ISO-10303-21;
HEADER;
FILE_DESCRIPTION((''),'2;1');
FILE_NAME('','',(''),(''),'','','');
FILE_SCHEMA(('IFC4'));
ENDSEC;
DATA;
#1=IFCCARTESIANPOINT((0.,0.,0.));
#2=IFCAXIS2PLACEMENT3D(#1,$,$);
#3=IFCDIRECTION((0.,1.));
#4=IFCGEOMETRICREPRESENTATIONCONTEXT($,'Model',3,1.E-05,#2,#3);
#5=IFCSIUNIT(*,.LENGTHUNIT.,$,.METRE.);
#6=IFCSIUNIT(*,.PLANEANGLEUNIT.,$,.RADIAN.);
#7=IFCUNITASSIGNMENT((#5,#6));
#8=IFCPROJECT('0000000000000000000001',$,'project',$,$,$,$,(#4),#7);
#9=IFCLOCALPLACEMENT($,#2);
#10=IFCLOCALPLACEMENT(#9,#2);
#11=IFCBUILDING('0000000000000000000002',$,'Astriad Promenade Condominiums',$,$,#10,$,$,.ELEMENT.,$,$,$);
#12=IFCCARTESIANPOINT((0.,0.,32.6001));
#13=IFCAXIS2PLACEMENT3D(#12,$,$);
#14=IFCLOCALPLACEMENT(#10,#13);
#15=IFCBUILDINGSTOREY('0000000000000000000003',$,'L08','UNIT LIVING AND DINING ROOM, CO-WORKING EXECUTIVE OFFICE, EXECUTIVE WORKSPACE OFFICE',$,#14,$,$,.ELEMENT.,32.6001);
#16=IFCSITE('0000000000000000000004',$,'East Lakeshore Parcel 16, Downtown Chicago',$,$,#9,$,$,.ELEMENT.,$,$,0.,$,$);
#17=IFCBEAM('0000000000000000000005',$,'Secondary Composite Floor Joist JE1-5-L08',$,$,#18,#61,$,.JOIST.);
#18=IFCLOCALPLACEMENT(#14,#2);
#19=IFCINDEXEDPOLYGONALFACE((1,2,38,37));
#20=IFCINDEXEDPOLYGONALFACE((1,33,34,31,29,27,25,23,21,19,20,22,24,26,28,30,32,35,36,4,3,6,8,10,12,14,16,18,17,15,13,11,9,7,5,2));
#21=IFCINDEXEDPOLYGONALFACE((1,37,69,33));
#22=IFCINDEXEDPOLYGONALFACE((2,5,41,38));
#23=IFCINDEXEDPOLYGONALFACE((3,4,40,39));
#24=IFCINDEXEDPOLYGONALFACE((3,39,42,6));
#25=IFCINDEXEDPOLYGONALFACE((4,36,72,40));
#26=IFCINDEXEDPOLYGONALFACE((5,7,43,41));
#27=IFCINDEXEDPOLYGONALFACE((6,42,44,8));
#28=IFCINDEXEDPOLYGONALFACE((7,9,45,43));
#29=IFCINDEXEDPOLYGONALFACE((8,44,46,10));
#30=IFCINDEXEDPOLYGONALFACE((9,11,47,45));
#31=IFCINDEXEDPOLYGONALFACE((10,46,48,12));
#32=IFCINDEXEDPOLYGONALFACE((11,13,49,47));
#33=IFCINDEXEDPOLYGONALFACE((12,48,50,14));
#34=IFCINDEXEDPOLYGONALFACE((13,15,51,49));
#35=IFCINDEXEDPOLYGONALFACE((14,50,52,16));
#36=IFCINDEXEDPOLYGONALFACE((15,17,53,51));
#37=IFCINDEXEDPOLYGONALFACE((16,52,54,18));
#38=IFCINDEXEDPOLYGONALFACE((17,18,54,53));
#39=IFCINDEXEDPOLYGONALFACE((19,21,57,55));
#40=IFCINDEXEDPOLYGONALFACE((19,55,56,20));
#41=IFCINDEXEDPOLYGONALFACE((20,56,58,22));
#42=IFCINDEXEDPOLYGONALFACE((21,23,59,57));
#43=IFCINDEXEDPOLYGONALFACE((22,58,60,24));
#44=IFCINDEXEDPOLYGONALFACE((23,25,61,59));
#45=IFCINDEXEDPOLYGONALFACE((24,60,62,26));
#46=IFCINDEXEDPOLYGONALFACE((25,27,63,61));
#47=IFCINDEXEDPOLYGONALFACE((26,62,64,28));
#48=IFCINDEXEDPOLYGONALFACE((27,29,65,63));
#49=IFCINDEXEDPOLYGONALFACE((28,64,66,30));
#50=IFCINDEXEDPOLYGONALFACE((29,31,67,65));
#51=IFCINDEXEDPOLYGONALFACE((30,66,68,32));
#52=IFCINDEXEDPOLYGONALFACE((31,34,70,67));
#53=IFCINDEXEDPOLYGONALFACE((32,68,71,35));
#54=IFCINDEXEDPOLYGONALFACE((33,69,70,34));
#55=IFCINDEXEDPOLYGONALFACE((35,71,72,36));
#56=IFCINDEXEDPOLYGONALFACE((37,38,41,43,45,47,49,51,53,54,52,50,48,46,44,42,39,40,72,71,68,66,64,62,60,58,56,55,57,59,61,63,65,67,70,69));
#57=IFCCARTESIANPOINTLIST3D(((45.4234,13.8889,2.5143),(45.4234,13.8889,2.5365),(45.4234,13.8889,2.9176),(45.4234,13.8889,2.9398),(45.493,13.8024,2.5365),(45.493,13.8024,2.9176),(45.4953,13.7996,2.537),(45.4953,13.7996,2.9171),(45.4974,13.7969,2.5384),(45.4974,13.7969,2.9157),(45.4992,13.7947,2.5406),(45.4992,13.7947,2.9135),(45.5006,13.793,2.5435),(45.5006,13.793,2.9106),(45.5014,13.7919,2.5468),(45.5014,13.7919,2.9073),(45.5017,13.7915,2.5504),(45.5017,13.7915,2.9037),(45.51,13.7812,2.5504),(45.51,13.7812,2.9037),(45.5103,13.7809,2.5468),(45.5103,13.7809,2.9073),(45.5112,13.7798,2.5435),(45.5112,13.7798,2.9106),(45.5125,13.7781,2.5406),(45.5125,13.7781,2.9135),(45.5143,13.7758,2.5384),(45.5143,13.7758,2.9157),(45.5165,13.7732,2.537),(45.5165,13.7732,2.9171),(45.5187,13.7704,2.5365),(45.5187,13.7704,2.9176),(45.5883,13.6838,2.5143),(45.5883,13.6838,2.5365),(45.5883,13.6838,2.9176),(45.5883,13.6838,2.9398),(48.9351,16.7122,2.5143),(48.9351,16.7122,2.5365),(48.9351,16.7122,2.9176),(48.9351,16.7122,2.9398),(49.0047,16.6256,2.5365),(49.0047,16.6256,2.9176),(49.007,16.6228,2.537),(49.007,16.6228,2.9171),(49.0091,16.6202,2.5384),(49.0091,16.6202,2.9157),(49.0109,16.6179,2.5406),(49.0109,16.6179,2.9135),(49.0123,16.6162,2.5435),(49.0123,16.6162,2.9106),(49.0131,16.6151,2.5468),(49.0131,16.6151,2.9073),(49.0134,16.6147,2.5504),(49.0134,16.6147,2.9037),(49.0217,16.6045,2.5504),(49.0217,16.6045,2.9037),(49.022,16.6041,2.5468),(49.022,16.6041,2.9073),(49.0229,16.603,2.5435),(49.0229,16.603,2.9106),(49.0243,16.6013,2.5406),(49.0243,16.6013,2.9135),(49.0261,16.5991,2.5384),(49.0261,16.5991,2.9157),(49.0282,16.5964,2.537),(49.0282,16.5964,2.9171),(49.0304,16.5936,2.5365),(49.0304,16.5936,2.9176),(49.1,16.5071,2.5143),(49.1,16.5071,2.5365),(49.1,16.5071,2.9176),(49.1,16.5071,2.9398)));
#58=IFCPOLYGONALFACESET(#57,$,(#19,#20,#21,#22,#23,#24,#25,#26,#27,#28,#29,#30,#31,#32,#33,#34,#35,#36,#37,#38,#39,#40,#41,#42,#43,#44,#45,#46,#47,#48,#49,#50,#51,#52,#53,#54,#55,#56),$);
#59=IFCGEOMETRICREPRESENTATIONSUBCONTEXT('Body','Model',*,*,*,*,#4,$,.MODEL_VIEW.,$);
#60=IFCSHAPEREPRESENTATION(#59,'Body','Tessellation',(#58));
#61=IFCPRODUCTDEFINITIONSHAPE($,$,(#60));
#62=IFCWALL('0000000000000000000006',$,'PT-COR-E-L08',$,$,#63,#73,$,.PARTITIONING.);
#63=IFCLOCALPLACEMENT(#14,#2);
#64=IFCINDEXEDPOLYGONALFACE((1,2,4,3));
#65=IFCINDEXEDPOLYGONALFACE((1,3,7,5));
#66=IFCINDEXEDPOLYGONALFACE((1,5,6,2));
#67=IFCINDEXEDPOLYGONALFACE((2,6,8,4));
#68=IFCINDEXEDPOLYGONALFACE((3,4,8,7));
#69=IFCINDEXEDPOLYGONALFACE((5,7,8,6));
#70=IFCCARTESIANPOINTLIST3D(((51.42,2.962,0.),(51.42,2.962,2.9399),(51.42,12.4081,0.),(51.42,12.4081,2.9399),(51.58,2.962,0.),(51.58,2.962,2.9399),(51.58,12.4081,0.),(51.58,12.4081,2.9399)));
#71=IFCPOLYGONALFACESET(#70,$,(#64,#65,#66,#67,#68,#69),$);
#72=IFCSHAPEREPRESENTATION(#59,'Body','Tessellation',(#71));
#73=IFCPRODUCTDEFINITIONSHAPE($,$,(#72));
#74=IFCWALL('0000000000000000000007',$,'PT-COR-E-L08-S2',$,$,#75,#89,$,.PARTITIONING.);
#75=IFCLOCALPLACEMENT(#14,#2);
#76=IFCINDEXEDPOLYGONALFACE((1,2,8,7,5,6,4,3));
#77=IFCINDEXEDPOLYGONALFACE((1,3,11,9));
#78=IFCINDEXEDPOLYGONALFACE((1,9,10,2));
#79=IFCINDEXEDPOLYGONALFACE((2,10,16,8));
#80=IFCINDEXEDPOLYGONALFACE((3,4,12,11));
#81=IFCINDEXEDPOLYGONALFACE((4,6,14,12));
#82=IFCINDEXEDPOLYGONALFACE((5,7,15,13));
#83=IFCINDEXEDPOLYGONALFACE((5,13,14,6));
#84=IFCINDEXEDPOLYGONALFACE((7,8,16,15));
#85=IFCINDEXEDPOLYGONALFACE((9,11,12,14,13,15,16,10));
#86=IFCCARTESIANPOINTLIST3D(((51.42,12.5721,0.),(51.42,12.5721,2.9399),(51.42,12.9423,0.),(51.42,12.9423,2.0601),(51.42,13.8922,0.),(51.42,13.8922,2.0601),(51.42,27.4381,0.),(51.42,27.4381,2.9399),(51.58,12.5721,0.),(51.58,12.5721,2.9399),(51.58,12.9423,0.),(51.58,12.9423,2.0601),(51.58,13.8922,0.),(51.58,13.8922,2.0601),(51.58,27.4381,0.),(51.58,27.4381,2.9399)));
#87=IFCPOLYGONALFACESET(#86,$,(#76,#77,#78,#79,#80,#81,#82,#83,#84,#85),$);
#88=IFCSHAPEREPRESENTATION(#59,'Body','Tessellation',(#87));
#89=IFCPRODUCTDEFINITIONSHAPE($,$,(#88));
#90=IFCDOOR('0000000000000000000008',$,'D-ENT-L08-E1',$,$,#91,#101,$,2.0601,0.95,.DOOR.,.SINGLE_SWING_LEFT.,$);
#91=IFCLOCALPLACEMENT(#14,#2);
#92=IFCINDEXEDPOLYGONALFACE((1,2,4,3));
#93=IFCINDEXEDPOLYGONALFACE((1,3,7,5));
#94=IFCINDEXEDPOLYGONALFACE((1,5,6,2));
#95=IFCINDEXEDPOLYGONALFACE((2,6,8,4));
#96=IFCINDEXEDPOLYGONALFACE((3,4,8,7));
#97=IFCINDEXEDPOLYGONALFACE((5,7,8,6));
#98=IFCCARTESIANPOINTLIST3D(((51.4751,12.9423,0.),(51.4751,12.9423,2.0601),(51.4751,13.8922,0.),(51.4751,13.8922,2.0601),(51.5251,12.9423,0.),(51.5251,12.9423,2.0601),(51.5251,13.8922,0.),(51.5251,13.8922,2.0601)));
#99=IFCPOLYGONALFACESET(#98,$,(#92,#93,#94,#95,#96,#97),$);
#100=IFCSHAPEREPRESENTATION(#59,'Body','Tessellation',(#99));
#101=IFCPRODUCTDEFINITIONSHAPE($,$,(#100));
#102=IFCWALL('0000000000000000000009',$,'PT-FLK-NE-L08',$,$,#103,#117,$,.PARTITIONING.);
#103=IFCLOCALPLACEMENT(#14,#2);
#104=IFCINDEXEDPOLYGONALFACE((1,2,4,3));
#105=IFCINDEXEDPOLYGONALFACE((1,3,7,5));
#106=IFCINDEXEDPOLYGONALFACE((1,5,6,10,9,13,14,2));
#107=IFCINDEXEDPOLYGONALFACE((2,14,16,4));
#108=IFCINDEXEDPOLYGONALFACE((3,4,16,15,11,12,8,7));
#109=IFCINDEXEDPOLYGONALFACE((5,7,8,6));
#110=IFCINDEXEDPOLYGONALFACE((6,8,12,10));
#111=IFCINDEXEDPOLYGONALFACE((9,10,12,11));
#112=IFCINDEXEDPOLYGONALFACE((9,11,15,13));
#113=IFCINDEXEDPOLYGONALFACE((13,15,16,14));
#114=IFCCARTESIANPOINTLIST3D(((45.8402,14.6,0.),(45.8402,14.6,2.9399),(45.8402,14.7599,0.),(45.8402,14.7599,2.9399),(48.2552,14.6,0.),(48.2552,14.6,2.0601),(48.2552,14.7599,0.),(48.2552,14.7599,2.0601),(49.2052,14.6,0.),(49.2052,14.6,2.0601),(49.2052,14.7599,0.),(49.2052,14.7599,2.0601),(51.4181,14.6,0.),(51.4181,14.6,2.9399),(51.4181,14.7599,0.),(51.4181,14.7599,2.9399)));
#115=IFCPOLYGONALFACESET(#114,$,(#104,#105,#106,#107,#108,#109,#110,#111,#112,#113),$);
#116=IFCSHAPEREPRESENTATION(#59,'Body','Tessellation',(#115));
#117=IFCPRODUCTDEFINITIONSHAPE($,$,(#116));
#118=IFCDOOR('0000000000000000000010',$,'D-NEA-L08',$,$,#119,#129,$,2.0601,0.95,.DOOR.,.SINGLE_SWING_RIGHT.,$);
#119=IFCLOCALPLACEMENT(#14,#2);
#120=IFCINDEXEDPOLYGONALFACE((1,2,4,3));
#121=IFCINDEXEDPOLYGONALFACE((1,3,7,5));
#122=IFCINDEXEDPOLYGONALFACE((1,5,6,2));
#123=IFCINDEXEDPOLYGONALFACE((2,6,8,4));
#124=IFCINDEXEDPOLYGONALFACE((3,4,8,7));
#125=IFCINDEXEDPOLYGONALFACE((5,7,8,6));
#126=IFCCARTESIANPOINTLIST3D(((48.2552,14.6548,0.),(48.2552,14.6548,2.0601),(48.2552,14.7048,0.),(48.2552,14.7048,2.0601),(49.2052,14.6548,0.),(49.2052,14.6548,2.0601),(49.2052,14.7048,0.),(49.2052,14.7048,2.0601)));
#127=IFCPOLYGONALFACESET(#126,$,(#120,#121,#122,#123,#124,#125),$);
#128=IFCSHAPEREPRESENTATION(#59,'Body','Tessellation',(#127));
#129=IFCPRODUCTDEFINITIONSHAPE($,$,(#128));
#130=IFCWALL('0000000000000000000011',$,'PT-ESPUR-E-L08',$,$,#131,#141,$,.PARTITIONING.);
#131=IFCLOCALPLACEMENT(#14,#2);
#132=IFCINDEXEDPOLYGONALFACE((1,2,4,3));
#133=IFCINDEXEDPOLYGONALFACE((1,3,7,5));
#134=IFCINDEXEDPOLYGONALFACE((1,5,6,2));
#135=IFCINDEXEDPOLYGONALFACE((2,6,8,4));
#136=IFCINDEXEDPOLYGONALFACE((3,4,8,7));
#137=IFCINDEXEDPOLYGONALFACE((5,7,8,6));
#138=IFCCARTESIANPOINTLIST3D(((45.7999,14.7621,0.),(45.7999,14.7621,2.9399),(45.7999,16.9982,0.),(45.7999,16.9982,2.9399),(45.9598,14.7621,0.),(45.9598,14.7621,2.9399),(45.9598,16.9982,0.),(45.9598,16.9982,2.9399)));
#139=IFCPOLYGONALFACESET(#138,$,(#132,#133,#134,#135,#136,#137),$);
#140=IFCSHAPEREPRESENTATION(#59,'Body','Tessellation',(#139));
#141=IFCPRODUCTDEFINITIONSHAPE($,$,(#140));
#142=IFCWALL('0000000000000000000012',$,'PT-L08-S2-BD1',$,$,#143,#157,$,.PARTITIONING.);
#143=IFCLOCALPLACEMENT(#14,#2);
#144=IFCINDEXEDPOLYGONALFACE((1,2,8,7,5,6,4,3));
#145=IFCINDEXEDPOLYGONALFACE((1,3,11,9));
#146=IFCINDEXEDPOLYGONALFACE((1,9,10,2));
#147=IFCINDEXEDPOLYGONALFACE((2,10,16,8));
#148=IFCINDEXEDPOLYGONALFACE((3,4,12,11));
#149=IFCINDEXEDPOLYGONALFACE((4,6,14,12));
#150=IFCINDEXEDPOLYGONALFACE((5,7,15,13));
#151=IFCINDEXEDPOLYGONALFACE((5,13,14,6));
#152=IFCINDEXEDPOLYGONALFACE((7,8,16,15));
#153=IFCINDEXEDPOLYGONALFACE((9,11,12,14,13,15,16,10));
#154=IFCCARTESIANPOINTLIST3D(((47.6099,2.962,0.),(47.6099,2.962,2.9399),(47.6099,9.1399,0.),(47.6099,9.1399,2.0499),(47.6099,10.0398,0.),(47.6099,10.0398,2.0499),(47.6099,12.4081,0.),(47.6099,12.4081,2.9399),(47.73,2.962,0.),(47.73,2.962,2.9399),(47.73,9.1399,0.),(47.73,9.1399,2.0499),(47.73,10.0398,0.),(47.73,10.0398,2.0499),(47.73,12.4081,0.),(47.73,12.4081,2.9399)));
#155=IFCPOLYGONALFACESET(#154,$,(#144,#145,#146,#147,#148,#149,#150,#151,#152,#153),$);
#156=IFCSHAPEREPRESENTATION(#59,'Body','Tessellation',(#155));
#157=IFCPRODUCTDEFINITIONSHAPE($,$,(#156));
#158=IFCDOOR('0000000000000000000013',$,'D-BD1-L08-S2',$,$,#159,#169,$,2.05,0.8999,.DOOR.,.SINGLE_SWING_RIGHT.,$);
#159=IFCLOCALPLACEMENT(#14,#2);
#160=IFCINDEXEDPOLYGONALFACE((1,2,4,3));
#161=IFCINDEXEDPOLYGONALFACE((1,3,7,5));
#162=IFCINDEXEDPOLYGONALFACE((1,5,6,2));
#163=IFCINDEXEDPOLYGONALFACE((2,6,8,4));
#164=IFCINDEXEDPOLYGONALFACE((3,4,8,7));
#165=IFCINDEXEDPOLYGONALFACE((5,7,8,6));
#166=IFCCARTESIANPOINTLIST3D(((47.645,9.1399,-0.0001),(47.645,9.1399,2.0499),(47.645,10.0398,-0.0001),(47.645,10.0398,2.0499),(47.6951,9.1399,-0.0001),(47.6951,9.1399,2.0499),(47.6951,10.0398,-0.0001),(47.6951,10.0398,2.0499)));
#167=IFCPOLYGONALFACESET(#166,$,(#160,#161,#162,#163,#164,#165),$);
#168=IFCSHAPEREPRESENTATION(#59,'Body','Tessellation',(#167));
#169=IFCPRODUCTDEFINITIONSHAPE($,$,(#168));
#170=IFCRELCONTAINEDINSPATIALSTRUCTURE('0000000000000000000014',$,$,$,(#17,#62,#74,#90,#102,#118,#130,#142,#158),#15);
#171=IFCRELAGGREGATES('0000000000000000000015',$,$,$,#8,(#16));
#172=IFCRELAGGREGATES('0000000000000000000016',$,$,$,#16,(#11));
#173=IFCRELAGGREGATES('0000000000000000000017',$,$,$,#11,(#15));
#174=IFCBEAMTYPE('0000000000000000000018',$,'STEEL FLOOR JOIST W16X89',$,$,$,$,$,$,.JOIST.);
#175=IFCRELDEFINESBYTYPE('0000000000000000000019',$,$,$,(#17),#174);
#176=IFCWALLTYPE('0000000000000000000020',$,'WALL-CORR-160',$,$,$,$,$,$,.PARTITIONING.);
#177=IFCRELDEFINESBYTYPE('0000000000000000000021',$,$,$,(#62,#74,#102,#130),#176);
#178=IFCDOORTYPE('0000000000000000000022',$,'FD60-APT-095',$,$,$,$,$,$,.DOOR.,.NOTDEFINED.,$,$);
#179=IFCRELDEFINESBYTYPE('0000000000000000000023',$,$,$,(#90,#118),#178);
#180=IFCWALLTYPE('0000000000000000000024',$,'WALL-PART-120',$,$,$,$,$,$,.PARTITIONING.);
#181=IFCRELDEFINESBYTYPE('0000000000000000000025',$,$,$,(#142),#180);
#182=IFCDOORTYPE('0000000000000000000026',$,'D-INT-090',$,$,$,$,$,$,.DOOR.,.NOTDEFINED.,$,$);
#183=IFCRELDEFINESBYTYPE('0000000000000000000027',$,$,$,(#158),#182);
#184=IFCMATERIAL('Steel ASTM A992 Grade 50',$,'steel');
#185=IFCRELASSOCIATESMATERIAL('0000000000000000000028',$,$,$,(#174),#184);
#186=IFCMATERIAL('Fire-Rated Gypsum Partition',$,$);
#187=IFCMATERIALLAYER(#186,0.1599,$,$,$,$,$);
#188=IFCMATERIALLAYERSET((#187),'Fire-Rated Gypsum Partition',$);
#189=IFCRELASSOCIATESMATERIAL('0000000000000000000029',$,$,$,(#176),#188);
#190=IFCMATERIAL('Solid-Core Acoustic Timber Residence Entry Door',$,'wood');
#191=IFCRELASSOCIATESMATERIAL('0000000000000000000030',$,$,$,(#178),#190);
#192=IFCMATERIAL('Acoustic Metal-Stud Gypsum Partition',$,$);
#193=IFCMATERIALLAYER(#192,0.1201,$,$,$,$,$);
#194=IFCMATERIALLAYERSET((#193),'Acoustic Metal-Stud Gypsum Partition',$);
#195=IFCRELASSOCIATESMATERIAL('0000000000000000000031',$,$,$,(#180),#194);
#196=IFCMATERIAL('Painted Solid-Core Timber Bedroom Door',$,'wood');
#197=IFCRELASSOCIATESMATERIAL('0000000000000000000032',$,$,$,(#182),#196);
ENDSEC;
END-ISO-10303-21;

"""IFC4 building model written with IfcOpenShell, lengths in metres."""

from ifc_helpers import new_model, si_unit, direction, frame, frame_2d, origin, origin_2d, place, context, subcontext, project, spatial, rectangle, i_section, extrude, source, transform, mapped, material, layer, layer_set, material_profile, profile_set, type_object, type_shapes, element, fill, save


model = new_model("IFC4")

# Units and contexts
model_context = context("Model", 3, precision=1e-05, world=origin(), true_north=direction((0.0, 1.0)))
body_context = subcontext(model_context, "Body", "Model", "MODEL_VIEW")
ifc_project = project(units=[si_unit("LENGTHUNIT", "METRE"), si_unit("PLANEANGLEUNIT", "RADIAN")], contexts=[model_context])

# Site, building, storey
site_placement = place(None, origin())
site = spatial("IfcSite", under=ifc_project, at=site_placement, Name="East Lakeshore Parcel 16, Downtown Chicago", CompositionType="ELEMENT", RefElevation=0.0)
building_placement = place(site_placement, origin())
building = spatial("IfcBuilding", under=site, at=building_placement, Name="Astriad Promenade Condominiums", CompositionType="ELEMENT")
storey_placement = place(building_placement, frame((0.0, 0.0, 32.6001)))
storey = spatial("IfcBuildingStorey", under=building, at=storey_placement, Name="L08", Description="UNIT LIVING AND DINING ROOM, CO-WORKING EXECUTIVE OFFICE, EXECUTIVE WORKSPACE OFFICE", CompositionType="ELEMENT", Elevation=32.6001)

# Beam
ifc_material_1 = material(Name="Steel ASTM A992 Grade 50", Category="steel")
ifc_material_profile_1 = material_profile(ifc_material_1, i_section(OverallWidth=0.2632, OverallDepth=0.4255, WebThickness=0.0132, FlangeThickness=0.0222, FilletRadius=0.0139, at=origin_2d()), Name="W16X89")
ifc_profile_set_1 = profile_set([ifc_material_profile_1], Name="Steel ASTM A992 Grade 50")
beam_type_1 = type_object("IfcBeamType", Name="STEEL FLOOR JOIST W16X89", PredefinedType="JOIST", material=ifc_profile_set_1)
shared_shape_1 = source(origin(), body_context, "Body", "SweptSolid", [
    extrude(i_section(OverallWidth=0.2632, OverallDepth=0.4255, WebThickness=0.0132, FlangeThickness=0.0222, FilletRadius=0.0139, at=origin_2d()), origin(), (0.0, 0.0, 1.0), 4.5059),
])
beam_1_placement = place(storey_placement, frame((45.5059, 13.7864, 2.7271), z_axis=(0.779365, 0.62657, 0.0), x_axis=(-0.62657, 0.779365, 0.0)))
element("IfcBeam", 1, at=beam_1_placement, inside=storey, type_object=beam_type_1, Name="Secondary Composite Floor Joist JE1-5-L08", PredefinedType="JOIST", context=body_context, shape_type="MappedRepresentation", body=[
    mapped(shared_shape_1, transform((0.0, 0.0, 0.0), scale=1.0)),
])

# Wall
ifc_material_2 = material(Name="Fire-Rated Gypsum Partition")
ifc_layer_1 = layer(ifc_material_2, 0.1599)
ifc_layer_set_1 = layer_set([ifc_layer_1], Name="Fire-Rated Gypsum Partition")
wall_type_1 = type_object("IfcWallType", Name="WALL-CORR-160", PredefinedType="PARTITIONING", material=ifc_layer_set_1)
wall_1_placement = place(storey_placement, frame((51.5, 2.9619, 0.0), z_axis=(0.0, 0.0, 1.0), x_axis=(0.0, 1.0, 0.0)))
element("IfcWall", 2, at=wall_1_placement, inside=storey, type_object=wall_type_1, Name="PT-COR-E-L08", PredefinedType="PARTITIONING", context=body_context, shape_type="SweptSolid", body=[
    extrude(rectangle(XDim=9.446, YDim=0.1599, at=frame_2d((4.7231, 0.0))), origin(), (0.0, 0.0, 1.0), 2.9399),
])

# Walls, openings, doors
wall_2_placement = place(storey_placement, frame((51.5, 12.572, 0.0), z_axis=(0.0, 0.0, 1.0), x_axis=(0.0, 1.0, 0.0)))
wall_2 = element("IfcWall", 3, at=wall_2_placement, inside=storey, type_object=wall_type_1, Name="PT-COR-E-L08-S2", PredefinedType="PARTITIONING", context=body_context, shape_type="SweptSolid", body=[
    extrude(rectangle(XDim=14.866, YDim=0.1599, at=frame_2d((7.4331, 0.0))), origin(), (0.0, 0.0, 1.0), 2.9399),
])
opening_1_placement = place(wall_2_placement, frame((0.3701, 0.0, 0.0)))
opening_1 = element("IfcOpeningElement", 4, at=opening_1_placement, cuts=wall_2, PredefinedType="OPENING", context=body_context, shape_type="SweptSolid", body=[
    extrude(rectangle(XDim=0.95, YDim=2.0601, at=frame_2d((0.4751, 1.03))), frame((0.0, 0.0898, 0.0), z_axis=(0.0, -1.0, 0.0), x_axis=(1.0, 0.0, 0.0)), (0.0, 0.0, 1.0), 0.1799),
])
ifc_material_3 = material(Name="Solid-Core Acoustic Timber Residence Entry Door", Category="wood")
door_type_1 = type_object("IfcDoorType", Name="FD60-APT-095", OperationType="NOTDEFINED", PredefinedType="DOOR", material=ifc_material_3)
shared_shape_2 = source(origin(), body_context, "Body", "SweptSolid", [
    extrude(rectangle(XDim=0.95, YDim=2.0601, at=frame_2d((0.4751, 1.03))), frame((0.0, 0.0249, 0.0), z_axis=(0.0, -1.0, 0.0), x_axis=(1.0, 0.0, 0.0)), (0.0, 0.0, 1.0), 0.05),
])
type_shapes(door_type_1, [shared_shape_2])
door_1_placement = place(opening_1_placement, origin())
door_1 = element("IfcDoor", 5, at=door_1_placement, inside=storey, type_object=door_type_1, Name="D-ENT-L08-E1", OperationType="SINGLE_SWING_LEFT", OverallHeight=2.0601, OverallWidth=0.95, PredefinedType="DOOR", context=body_context, shape_type="MappedRepresentation", body=[
    mapped(shared_shape_2, transform((0.0, 0.0, 0.0), scale=1.0)),
])
fill(opening_1, door_1)
wall_3_placement = place(storey_placement, frame((45.8401, 14.6799, 0.0), z_axis=(0.0, 0.0, 1.0), x_axis=(1.0, 0.0, 0.0)))
wall_3 = element("IfcWall", 6, at=wall_3_placement, inside=storey, type_object=wall_type_1, Name="PT-FLK-NE-L08", PredefinedType="PARTITIONING", context=body_context, shape_type="SweptSolid", body=[
    extrude(rectangle(XDim=5.5779, YDim=0.1599, at=frame_2d((2.7891, 0.0))), origin(), (0.0, 0.0, 1.0), 2.9399),
])
opening_2_placement = place(wall_3_placement, frame((2.415, 0.0, 0.0)))
opening_2 = element("IfcOpeningElement", 7, at=opening_2_placement, cuts=wall_3, PredefinedType="OPENING", context=body_context, shape_type="SweptSolid", body=[
    extrude(rectangle(XDim=0.95, YDim=2.0601, at=frame_2d((0.4751, 1.03))), frame((0.0, 0.0898, 0.0), z_axis=(0.0, -1.0, 0.0), x_axis=(1.0, 0.0, 0.0)), (0.0, 0.0, 1.0), 0.1799),
])
door_2_placement = place(opening_2_placement, origin())
door_2 = element("IfcDoor", 8, at=door_2_placement, inside=storey, type_object=door_type_1, Name="D-NEA-L08", OperationType="SINGLE_SWING_RIGHT", OverallHeight=2.0601, OverallWidth=0.95, PredefinedType="DOOR", context=body_context, shape_type="MappedRepresentation", body=[
    mapped(shared_shape_2, transform((0.0, 0.0, 0.0), scale=1.0)),
])
fill(opening_2, door_2)

# Wall
wall_4_placement = place(storey_placement, frame((45.8799, 14.762, 0.0), z_axis=(0.0, 0.0, 1.0), x_axis=(0.0, 1.0, 0.0)))
element("IfcWall", 9, at=wall_4_placement, inside=storey, type_object=wall_type_1, Name="PT-ESPUR-E-L08", PredefinedType="PARTITIONING", context=body_context, shape_type="SweptSolid", body=[
    extrude(rectangle(XDim=2.2361, YDim=0.1599, at=frame_2d((1.1182, 0.0))), origin(), (0.0, 0.0, 1.0), 2.9399),
])

# Wall, opening, door
ifc_material_4 = material(Name="Acoustic Metal-Stud Gypsum Partition")
ifc_layer_2 = layer(ifc_material_4, 0.1201)
ifc_layer_set_2 = layer_set([ifc_layer_2], Name="Acoustic Metal-Stud Gypsum Partition")
wall_type_2 = type_object("IfcWallType", Name="WALL-PART-120", PredefinedType="PARTITIONING", material=ifc_layer_set_2)
wall_5_placement = place(storey_placement, frame((47.6699, 2.9619, 0.0), z_axis=(0.0, 0.0, 1.0), x_axis=(0.0, 1.0, 0.0)))
wall_5 = element("IfcWall", 10, at=wall_5_placement, inside=storey, type_object=wall_type_2, Name="PT-L08-S2-BD1", PredefinedType="PARTITIONING", context=body_context, shape_type="SweptSolid", body=[
    extrude(rectangle(XDim=9.446, YDim=0.1201, at=frame_2d((4.7231, 0.0))), origin(), (0.0, 0.0, 1.0), 2.9399),
])
opening_3_placement = place(wall_5_placement, frame((6.178, 0.0, 0.0)))
opening_3 = element("IfcOpeningElement", 11, at=opening_3_placement, cuts=wall_5, PredefinedType="OPENING", context=body_context, shape_type="SweptSolid", body=[
    extrude(rectangle(XDim=0.8999, YDim=2.05, at=frame_2d((0.45, 1.0249))), frame((0.0, 0.0701, 0.0), z_axis=(0.0, -1.0, 0.0), x_axis=(1.0, 0.0, 0.0)), (0.0, 0.0, 1.0), 0.1401),
])
ifc_material_5 = material(Name="Painted Solid-Core Timber Bedroom Door", Category="wood")
door_type_2 = type_object("IfcDoorType", Name="D-INT-090", OperationType="NOTDEFINED", PredefinedType="DOOR", material=ifc_material_5)
shared_shape_3 = source(origin(), body_context, "Body", "SweptSolid", [
    extrude(rectangle(XDim=0.8999, YDim=2.05, at=frame_2d((0.45, 1.0249))), frame((0.0, 0.0249, 0.0), z_axis=(0.0, -1.0, 0.0), x_axis=(1.0, 0.0, 0.0)), (0.0, 0.0, 1.0), 0.05),
])
type_shapes(door_type_2, [shared_shape_3])
door_3_placement = place(opening_3_placement, origin())
door_3 = element("IfcDoor", 12, at=door_3_placement, inside=storey, type_object=door_type_2, Name="D-BD1-L08-S2", OperationType="SINGLE_SWING_RIGHT", OverallHeight=2.05, OverallWidth=0.8999, PredefinedType="DOOR", context=body_context, shape_type="MappedRepresentation", body=[
    mapped(shared_shape_3, transform((0.0, 0.0, 0.0), scale=1.0)),
])
fill(opening_3, door_3)

save(model, "model.ifc")
